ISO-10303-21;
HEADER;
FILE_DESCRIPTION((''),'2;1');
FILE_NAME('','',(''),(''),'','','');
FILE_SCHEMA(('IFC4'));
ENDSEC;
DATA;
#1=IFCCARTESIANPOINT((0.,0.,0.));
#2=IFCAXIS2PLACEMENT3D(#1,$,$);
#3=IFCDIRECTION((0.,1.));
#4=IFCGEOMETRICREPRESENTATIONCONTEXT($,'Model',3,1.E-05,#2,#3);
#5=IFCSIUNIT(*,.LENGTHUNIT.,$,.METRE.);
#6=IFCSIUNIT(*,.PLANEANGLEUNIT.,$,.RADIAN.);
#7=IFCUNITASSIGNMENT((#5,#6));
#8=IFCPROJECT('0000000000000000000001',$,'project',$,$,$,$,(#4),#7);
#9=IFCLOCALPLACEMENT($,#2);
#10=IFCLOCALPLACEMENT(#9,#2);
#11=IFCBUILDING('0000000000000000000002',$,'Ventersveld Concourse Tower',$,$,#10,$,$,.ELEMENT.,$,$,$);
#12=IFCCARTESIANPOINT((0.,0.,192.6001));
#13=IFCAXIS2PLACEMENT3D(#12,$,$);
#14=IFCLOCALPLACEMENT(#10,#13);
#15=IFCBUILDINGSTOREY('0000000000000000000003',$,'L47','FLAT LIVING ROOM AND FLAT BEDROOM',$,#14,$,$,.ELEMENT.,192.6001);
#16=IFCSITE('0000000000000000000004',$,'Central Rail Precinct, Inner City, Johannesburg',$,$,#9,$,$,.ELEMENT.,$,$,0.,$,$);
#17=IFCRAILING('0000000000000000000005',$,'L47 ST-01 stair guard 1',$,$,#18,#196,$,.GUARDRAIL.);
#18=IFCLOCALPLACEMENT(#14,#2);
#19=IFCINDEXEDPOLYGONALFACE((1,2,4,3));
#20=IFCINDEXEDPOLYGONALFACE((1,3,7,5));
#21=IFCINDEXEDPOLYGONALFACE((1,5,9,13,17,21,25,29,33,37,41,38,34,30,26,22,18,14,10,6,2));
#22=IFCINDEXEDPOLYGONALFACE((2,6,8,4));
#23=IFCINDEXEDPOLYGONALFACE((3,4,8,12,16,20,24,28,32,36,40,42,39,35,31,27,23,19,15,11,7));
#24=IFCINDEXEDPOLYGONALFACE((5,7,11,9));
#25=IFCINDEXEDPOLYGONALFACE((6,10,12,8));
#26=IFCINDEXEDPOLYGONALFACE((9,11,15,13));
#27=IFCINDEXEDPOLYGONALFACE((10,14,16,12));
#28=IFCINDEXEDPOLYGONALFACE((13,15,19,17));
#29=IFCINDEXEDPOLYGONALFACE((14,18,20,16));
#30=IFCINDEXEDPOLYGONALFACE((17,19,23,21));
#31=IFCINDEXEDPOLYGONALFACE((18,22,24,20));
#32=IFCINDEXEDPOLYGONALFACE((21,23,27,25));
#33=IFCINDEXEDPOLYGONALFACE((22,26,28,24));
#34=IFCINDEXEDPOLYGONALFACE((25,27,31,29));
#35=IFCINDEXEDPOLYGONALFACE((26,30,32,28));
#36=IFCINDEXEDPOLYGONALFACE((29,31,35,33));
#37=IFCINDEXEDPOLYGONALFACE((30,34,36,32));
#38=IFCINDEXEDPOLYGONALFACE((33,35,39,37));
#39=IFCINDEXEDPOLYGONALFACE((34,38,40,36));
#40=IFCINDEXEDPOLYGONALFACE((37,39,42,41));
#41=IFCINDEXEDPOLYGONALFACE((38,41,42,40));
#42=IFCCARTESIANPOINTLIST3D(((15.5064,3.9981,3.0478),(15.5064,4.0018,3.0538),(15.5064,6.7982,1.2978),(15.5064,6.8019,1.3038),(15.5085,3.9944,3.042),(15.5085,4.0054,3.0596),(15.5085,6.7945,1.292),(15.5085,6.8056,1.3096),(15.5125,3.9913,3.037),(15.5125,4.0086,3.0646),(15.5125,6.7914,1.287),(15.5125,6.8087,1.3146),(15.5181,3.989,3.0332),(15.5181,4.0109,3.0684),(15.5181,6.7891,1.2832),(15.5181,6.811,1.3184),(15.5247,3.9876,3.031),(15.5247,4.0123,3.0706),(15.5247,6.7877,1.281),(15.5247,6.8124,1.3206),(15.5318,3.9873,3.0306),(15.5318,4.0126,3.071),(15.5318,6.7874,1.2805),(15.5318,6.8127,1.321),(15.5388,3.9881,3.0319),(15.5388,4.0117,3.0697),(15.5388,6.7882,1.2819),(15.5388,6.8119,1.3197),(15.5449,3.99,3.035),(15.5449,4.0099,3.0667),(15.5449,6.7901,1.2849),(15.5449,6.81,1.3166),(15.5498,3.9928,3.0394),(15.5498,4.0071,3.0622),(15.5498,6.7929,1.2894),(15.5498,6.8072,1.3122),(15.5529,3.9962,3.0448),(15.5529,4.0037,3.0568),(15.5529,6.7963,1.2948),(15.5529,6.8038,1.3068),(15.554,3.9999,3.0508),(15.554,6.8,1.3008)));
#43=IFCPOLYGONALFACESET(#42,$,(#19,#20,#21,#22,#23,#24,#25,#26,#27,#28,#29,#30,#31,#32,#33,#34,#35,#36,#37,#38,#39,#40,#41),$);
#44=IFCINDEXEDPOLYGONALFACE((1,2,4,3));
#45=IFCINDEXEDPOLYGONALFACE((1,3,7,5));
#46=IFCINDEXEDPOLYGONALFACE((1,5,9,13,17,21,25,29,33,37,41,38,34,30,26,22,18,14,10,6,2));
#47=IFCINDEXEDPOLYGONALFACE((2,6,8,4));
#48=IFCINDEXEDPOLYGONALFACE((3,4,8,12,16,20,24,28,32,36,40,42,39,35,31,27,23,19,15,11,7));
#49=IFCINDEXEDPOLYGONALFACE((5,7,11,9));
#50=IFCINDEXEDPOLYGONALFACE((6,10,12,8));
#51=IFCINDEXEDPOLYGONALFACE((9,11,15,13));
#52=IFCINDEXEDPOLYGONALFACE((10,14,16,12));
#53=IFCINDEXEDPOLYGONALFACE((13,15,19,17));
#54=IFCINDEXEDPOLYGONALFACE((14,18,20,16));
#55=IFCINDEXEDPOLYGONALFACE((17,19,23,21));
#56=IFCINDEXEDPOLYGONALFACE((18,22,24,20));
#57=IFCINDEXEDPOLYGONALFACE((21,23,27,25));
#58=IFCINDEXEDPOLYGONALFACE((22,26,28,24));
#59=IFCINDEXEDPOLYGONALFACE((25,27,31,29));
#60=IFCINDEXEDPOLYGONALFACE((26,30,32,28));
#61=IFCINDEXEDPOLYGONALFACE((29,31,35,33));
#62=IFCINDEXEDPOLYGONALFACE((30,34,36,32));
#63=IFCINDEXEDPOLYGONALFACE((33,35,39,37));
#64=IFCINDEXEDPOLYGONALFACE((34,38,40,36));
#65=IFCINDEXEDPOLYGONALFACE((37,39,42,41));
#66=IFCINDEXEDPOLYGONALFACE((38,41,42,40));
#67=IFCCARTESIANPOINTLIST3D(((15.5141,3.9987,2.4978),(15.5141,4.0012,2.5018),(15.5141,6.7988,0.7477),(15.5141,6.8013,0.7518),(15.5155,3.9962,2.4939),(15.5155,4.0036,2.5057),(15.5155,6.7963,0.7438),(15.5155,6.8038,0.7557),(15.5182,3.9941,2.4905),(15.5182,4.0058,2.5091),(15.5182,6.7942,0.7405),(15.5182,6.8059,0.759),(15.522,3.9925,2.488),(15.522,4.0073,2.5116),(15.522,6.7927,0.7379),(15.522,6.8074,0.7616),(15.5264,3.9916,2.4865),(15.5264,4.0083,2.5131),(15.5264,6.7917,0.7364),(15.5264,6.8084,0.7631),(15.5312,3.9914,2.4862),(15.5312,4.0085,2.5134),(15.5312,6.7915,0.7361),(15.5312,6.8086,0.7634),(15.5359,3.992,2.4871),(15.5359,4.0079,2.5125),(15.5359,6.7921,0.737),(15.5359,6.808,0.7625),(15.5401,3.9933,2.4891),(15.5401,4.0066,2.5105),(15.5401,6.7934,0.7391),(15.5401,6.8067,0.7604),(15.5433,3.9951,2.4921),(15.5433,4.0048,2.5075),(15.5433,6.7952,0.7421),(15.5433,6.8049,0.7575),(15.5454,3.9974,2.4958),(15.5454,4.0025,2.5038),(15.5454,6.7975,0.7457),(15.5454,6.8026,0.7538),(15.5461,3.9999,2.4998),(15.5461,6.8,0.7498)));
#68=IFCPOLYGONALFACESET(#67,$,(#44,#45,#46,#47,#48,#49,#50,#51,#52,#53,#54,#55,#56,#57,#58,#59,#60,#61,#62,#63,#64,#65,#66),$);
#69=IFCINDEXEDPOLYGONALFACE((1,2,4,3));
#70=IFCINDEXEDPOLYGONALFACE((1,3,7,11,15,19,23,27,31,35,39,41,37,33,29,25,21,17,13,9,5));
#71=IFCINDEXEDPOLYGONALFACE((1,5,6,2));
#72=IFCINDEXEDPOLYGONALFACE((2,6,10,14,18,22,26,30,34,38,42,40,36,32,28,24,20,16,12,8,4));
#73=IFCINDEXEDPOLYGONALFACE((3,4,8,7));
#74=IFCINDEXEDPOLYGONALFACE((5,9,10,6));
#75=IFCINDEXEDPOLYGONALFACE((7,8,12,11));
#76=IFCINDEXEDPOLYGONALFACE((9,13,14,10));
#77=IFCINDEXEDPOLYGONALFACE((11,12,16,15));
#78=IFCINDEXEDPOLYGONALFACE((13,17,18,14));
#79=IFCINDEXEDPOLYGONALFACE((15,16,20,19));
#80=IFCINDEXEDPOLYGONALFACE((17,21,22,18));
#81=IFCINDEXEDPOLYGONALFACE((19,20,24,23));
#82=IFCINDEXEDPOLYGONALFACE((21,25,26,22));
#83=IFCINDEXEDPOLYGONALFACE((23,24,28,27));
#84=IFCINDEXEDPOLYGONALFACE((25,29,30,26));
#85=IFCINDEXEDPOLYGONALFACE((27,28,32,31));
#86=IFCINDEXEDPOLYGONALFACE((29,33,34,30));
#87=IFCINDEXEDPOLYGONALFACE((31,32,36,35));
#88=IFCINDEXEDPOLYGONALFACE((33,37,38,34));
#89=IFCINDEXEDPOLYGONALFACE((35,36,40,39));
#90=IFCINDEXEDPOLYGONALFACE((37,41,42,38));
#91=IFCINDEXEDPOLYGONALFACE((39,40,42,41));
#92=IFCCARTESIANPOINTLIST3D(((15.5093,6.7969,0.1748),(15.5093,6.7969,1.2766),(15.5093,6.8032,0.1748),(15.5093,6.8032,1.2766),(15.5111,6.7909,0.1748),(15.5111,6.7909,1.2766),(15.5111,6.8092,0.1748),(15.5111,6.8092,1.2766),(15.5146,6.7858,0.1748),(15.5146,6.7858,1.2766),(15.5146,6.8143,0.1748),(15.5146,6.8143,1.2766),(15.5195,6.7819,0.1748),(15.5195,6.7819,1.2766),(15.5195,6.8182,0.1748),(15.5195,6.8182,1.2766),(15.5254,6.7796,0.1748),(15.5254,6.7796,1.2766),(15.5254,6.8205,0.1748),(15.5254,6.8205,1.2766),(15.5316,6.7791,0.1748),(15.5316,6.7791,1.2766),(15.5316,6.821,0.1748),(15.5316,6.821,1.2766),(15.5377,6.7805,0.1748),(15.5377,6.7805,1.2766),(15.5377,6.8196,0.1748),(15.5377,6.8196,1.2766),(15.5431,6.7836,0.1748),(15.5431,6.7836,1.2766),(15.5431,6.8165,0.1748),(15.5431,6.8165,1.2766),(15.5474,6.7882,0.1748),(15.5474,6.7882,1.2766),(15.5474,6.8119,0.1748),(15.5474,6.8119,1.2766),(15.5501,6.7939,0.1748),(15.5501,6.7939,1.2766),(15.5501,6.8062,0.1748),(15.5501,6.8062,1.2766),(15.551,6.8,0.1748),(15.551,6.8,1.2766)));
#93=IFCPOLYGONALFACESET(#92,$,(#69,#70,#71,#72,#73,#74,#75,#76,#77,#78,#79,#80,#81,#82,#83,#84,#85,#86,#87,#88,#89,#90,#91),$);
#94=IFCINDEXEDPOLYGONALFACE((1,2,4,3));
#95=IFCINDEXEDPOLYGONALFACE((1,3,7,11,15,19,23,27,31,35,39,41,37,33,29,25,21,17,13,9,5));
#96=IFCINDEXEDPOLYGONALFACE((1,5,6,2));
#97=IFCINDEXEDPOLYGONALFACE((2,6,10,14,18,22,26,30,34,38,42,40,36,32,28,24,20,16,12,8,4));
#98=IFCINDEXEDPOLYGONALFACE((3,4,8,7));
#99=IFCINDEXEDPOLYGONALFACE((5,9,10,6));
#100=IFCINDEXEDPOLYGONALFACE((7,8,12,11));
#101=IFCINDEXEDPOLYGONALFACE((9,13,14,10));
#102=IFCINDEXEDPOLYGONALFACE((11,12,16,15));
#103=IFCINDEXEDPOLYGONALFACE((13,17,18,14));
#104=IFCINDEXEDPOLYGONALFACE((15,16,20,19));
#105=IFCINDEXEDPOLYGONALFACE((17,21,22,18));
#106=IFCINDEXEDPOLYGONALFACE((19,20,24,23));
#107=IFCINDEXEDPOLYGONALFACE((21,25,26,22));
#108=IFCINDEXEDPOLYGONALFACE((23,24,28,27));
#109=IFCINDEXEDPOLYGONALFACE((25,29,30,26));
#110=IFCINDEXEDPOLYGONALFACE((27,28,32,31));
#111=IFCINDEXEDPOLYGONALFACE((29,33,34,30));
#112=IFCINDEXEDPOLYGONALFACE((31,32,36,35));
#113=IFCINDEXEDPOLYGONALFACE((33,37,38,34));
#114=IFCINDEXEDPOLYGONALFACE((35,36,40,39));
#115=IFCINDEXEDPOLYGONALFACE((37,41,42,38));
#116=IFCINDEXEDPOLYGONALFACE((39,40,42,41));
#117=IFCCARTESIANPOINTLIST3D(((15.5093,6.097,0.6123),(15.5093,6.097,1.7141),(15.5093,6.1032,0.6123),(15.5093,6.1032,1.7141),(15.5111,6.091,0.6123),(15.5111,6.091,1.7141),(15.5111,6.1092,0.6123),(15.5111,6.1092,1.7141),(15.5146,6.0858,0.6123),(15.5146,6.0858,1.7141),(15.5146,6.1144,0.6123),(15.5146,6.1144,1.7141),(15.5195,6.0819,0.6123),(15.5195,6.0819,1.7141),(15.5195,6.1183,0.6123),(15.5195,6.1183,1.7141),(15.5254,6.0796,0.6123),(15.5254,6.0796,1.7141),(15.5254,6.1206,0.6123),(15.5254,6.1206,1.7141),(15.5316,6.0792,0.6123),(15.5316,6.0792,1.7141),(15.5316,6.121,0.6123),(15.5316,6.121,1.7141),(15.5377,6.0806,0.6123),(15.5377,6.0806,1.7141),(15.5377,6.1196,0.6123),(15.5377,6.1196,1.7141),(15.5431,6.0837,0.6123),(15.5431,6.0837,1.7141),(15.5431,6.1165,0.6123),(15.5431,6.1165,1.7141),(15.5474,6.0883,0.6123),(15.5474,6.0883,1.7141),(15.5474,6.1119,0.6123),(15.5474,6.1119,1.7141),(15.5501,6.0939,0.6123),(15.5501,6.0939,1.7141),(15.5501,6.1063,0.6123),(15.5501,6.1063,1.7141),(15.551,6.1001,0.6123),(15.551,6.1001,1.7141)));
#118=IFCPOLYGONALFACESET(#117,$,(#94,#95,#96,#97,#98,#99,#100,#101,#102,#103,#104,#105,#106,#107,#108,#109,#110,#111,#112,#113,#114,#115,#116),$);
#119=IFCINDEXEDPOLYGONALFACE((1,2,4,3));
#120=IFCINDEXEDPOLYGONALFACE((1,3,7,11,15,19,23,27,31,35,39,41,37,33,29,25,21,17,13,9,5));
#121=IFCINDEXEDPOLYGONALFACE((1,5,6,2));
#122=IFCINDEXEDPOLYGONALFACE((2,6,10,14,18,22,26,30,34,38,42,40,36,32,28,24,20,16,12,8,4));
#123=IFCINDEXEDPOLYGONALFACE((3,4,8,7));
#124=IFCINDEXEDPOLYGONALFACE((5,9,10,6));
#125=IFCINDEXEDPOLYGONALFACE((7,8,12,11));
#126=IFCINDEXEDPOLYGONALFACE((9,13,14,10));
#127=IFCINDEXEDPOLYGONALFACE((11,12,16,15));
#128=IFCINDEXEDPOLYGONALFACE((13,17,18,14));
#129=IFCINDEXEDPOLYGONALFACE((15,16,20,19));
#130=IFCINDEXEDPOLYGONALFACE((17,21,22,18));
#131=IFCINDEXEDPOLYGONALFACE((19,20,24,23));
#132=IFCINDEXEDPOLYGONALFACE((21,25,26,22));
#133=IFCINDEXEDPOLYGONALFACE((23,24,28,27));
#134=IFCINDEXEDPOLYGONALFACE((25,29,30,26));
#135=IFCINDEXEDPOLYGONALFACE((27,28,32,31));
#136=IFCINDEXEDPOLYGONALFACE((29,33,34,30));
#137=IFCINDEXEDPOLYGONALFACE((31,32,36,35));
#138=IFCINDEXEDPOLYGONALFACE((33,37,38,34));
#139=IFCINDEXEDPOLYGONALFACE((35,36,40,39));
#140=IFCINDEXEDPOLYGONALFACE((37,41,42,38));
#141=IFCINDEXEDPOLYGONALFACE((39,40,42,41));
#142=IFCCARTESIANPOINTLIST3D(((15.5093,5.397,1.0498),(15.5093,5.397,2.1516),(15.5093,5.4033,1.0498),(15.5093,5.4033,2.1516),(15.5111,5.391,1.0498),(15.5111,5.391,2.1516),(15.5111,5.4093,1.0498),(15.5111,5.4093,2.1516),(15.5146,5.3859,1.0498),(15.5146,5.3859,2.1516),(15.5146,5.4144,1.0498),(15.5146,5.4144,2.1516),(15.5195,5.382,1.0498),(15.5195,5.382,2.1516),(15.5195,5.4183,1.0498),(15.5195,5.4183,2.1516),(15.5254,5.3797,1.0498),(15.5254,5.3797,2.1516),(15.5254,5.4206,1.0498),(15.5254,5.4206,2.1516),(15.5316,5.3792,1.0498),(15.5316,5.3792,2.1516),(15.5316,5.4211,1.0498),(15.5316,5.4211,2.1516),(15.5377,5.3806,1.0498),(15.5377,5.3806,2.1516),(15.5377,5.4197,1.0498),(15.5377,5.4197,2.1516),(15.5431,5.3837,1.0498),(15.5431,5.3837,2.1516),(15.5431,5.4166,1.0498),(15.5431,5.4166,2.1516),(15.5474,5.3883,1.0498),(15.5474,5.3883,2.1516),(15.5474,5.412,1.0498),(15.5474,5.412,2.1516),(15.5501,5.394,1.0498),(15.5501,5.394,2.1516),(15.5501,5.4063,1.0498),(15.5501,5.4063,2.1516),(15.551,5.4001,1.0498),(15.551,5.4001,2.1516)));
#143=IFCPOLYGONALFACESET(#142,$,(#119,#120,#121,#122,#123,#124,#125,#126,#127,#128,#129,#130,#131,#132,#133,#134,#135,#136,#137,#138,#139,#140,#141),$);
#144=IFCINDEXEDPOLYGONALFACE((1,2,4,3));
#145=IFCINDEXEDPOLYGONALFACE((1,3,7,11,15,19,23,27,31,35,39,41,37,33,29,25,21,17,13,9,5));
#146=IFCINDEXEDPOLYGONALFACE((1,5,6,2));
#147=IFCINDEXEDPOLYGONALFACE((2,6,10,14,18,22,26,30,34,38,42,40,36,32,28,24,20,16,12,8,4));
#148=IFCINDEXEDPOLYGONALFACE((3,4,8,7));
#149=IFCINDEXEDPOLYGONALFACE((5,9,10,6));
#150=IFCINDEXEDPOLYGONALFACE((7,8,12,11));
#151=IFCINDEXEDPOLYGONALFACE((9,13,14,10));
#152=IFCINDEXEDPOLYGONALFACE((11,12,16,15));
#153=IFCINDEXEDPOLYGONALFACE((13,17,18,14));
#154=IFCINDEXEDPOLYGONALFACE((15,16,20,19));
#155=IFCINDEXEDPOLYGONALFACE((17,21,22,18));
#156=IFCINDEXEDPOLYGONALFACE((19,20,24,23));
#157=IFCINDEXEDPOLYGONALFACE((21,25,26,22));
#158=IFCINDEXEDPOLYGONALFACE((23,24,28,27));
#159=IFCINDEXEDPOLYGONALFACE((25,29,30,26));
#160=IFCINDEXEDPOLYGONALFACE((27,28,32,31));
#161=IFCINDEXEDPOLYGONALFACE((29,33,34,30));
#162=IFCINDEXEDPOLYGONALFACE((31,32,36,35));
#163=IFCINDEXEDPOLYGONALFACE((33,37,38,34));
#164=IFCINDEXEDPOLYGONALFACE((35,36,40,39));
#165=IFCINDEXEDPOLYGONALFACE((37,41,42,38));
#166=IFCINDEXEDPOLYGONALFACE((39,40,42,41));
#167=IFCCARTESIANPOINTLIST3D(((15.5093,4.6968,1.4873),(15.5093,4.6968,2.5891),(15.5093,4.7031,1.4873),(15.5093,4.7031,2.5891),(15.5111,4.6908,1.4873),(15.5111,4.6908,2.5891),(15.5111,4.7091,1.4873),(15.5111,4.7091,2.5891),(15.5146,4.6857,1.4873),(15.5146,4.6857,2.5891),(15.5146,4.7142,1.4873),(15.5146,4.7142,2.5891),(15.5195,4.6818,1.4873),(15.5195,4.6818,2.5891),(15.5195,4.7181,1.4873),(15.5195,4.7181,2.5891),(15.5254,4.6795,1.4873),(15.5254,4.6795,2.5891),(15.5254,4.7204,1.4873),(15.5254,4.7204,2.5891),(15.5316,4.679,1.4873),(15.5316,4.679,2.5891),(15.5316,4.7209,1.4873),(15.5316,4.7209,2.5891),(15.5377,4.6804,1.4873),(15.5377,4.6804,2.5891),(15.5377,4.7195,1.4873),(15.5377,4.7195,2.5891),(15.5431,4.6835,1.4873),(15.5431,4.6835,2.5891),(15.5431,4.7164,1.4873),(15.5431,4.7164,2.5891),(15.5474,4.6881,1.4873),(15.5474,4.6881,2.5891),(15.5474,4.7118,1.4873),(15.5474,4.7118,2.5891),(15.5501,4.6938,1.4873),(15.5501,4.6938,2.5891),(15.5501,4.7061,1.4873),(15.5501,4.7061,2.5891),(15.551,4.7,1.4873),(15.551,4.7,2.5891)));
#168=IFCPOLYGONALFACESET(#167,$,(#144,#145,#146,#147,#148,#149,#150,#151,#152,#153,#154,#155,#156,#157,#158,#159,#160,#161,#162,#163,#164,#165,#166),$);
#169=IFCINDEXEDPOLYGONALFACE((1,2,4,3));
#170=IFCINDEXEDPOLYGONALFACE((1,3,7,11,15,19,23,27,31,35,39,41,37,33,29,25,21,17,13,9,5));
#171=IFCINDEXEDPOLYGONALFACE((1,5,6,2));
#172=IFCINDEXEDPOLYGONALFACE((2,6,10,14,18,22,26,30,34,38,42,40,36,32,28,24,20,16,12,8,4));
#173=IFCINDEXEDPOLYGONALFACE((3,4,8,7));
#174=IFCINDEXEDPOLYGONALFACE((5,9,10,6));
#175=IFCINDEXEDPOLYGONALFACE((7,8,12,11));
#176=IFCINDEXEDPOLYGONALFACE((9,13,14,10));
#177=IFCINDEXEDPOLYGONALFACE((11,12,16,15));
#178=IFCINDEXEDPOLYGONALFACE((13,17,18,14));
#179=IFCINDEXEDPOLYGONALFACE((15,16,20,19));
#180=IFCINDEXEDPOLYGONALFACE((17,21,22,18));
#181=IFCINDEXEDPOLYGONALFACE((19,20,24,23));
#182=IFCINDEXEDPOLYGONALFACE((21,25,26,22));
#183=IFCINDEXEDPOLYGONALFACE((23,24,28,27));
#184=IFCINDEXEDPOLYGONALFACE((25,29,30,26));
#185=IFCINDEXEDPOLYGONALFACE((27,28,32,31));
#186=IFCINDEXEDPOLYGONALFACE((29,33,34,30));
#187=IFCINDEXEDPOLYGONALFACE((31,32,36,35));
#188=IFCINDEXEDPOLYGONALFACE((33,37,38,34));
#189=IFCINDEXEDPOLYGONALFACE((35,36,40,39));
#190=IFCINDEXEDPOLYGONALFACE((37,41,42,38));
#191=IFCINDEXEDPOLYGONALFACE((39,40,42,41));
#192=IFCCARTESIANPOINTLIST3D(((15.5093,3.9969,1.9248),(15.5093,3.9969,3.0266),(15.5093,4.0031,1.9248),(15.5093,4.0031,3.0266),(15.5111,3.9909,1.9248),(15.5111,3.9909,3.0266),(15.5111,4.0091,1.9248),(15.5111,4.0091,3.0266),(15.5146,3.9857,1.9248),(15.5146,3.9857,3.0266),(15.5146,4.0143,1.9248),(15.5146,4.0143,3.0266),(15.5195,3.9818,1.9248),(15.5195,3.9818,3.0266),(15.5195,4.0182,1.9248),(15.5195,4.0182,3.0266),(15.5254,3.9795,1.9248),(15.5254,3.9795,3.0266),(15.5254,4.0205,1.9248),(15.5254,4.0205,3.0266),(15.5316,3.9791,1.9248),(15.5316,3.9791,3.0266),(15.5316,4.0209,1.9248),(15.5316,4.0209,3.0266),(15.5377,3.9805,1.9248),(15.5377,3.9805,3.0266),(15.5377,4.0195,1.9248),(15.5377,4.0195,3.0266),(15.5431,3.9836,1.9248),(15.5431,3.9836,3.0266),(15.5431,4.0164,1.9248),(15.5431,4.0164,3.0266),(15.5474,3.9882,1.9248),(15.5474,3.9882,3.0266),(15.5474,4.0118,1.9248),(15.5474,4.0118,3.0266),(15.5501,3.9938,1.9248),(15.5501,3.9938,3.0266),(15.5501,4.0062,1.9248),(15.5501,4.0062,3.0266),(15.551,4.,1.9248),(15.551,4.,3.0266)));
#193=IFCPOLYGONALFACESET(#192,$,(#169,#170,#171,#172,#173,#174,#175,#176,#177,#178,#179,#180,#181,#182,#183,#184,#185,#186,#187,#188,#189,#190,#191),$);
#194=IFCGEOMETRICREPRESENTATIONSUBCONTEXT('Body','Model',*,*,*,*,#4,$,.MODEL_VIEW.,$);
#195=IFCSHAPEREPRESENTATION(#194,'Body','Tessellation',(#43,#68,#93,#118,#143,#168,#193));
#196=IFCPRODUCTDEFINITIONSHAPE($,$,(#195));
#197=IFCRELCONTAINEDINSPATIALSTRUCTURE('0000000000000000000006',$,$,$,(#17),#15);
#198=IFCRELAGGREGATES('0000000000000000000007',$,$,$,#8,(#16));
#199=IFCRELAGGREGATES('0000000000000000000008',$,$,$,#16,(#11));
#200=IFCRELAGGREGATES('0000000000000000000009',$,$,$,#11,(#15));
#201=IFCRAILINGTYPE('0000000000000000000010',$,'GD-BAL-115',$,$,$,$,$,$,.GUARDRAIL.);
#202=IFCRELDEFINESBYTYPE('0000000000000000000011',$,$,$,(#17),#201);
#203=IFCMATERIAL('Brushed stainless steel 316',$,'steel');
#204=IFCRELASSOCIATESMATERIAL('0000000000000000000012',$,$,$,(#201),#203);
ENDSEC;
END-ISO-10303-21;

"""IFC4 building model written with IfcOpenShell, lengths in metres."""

from ifc_helpers import new_model, si_unit, direction, frame, origin, origin_2d, place, context, subcontext, project, spatial, circle, extrude, material, type_object, element, save


model = new_model("IFC4")

# Units and contexts
model_context = context("Model", 3, precision=1e-05, world=origin(), true_north=direction((0.0, 1.0)))
body_context = subcontext(model_context, "Body", "Model", "MODEL_VIEW")
ifc_project = project(units=[si_unit("LENGTHUNIT", "METRE"), si_unit("PLANEANGLEUNIT", "RADIAN")], contexts=[model_context])

# Site, building, storey
site_placement = place(None, origin())
site = spatial("IfcSite", under=ifc_project, at=site_placement, Name="Central Rail Precinct, Inner City, Johannesburg", CompositionType="ELEMENT", RefElevation=0.0)
building_placement = place(site_placement, origin())
building = spatial("IfcBuilding", under=site, at=building_placement, Name="Ventersveld Concourse Tower", CompositionType="ELEMENT")
storey_placement = place(building_placement, frame((0.0, 0.0, 192.6001)))
storey = spatial("IfcBuildingStorey", under=building, at=storey_placement, Name="L47", Description="FLAT LIVING ROOM AND FLAT BEDROOM", CompositionType="ELEMENT", Elevation=192.6001)

# Railing
ifc_material_1 = material(Name="Brushed stainless steel 316", Category="steel")
railing_type_1 = type_object("IfcRailingType", Name="GD-BAL-115", PredefinedType="GUARDRAIL", material=ifc_material_1)
railing_1_placement = place(storey_placement, frame((15.53, 6.8, 0.1748)))
element("IfcRailing", 1, at=railing_1_placement, inside=storey, type_object=railing_type_1, Name="L47 ST-01 stair guard 1", PredefinedType="GUARDRAIL", context=body_context, shape_type="SweptSolid", body=[
    extrude(circle(Radius=0.0239, at=origin_2d()), frame((0.0, 0.0, 1.126), z_axis=(0.0, -0.848002, 0.529992), x_axis=(1.0, 0.0, 0.0)), (0.0, 0.0, 1.0), 3.302),
    extrude(circle(Radius=0.0161, at=origin_2d()), frame((0.0, 0.0, 0.575), z_axis=(0.0, -0.848002, 0.529992), x_axis=(1.0, 0.0, 0.0)), (0.0, 0.0, 1.0), 3.302),
    extrude(circle(Radius=0.021, at=origin_2d()), origin(), (0.0, 0.0, 1.0), 1.1018),
    extrude(circle(Radius=0.021, at=origin_2d()), frame((0.0, -0.7, 0.4375)), (0.0, 0.0, 1.0), 1.1018),
    extrude(circle(Radius=0.021, at=origin_2d()), frame((0.0, -1.3999, 0.875)), (0.0, 0.0, 1.0), 1.1018),
    extrude(circle(Radius=0.021, at=origin_2d()), frame((0.0, -2.1001, 1.3125)), (0.0, 0.0, 1.0), 1.1018),
    extrude(circle(Radius=0.021, at=origin_2d()), frame((0.0, -2.8, 1.75)), (0.0, 0.0, 1.0), 1.1018),
])

save(model, "model.ifc")
